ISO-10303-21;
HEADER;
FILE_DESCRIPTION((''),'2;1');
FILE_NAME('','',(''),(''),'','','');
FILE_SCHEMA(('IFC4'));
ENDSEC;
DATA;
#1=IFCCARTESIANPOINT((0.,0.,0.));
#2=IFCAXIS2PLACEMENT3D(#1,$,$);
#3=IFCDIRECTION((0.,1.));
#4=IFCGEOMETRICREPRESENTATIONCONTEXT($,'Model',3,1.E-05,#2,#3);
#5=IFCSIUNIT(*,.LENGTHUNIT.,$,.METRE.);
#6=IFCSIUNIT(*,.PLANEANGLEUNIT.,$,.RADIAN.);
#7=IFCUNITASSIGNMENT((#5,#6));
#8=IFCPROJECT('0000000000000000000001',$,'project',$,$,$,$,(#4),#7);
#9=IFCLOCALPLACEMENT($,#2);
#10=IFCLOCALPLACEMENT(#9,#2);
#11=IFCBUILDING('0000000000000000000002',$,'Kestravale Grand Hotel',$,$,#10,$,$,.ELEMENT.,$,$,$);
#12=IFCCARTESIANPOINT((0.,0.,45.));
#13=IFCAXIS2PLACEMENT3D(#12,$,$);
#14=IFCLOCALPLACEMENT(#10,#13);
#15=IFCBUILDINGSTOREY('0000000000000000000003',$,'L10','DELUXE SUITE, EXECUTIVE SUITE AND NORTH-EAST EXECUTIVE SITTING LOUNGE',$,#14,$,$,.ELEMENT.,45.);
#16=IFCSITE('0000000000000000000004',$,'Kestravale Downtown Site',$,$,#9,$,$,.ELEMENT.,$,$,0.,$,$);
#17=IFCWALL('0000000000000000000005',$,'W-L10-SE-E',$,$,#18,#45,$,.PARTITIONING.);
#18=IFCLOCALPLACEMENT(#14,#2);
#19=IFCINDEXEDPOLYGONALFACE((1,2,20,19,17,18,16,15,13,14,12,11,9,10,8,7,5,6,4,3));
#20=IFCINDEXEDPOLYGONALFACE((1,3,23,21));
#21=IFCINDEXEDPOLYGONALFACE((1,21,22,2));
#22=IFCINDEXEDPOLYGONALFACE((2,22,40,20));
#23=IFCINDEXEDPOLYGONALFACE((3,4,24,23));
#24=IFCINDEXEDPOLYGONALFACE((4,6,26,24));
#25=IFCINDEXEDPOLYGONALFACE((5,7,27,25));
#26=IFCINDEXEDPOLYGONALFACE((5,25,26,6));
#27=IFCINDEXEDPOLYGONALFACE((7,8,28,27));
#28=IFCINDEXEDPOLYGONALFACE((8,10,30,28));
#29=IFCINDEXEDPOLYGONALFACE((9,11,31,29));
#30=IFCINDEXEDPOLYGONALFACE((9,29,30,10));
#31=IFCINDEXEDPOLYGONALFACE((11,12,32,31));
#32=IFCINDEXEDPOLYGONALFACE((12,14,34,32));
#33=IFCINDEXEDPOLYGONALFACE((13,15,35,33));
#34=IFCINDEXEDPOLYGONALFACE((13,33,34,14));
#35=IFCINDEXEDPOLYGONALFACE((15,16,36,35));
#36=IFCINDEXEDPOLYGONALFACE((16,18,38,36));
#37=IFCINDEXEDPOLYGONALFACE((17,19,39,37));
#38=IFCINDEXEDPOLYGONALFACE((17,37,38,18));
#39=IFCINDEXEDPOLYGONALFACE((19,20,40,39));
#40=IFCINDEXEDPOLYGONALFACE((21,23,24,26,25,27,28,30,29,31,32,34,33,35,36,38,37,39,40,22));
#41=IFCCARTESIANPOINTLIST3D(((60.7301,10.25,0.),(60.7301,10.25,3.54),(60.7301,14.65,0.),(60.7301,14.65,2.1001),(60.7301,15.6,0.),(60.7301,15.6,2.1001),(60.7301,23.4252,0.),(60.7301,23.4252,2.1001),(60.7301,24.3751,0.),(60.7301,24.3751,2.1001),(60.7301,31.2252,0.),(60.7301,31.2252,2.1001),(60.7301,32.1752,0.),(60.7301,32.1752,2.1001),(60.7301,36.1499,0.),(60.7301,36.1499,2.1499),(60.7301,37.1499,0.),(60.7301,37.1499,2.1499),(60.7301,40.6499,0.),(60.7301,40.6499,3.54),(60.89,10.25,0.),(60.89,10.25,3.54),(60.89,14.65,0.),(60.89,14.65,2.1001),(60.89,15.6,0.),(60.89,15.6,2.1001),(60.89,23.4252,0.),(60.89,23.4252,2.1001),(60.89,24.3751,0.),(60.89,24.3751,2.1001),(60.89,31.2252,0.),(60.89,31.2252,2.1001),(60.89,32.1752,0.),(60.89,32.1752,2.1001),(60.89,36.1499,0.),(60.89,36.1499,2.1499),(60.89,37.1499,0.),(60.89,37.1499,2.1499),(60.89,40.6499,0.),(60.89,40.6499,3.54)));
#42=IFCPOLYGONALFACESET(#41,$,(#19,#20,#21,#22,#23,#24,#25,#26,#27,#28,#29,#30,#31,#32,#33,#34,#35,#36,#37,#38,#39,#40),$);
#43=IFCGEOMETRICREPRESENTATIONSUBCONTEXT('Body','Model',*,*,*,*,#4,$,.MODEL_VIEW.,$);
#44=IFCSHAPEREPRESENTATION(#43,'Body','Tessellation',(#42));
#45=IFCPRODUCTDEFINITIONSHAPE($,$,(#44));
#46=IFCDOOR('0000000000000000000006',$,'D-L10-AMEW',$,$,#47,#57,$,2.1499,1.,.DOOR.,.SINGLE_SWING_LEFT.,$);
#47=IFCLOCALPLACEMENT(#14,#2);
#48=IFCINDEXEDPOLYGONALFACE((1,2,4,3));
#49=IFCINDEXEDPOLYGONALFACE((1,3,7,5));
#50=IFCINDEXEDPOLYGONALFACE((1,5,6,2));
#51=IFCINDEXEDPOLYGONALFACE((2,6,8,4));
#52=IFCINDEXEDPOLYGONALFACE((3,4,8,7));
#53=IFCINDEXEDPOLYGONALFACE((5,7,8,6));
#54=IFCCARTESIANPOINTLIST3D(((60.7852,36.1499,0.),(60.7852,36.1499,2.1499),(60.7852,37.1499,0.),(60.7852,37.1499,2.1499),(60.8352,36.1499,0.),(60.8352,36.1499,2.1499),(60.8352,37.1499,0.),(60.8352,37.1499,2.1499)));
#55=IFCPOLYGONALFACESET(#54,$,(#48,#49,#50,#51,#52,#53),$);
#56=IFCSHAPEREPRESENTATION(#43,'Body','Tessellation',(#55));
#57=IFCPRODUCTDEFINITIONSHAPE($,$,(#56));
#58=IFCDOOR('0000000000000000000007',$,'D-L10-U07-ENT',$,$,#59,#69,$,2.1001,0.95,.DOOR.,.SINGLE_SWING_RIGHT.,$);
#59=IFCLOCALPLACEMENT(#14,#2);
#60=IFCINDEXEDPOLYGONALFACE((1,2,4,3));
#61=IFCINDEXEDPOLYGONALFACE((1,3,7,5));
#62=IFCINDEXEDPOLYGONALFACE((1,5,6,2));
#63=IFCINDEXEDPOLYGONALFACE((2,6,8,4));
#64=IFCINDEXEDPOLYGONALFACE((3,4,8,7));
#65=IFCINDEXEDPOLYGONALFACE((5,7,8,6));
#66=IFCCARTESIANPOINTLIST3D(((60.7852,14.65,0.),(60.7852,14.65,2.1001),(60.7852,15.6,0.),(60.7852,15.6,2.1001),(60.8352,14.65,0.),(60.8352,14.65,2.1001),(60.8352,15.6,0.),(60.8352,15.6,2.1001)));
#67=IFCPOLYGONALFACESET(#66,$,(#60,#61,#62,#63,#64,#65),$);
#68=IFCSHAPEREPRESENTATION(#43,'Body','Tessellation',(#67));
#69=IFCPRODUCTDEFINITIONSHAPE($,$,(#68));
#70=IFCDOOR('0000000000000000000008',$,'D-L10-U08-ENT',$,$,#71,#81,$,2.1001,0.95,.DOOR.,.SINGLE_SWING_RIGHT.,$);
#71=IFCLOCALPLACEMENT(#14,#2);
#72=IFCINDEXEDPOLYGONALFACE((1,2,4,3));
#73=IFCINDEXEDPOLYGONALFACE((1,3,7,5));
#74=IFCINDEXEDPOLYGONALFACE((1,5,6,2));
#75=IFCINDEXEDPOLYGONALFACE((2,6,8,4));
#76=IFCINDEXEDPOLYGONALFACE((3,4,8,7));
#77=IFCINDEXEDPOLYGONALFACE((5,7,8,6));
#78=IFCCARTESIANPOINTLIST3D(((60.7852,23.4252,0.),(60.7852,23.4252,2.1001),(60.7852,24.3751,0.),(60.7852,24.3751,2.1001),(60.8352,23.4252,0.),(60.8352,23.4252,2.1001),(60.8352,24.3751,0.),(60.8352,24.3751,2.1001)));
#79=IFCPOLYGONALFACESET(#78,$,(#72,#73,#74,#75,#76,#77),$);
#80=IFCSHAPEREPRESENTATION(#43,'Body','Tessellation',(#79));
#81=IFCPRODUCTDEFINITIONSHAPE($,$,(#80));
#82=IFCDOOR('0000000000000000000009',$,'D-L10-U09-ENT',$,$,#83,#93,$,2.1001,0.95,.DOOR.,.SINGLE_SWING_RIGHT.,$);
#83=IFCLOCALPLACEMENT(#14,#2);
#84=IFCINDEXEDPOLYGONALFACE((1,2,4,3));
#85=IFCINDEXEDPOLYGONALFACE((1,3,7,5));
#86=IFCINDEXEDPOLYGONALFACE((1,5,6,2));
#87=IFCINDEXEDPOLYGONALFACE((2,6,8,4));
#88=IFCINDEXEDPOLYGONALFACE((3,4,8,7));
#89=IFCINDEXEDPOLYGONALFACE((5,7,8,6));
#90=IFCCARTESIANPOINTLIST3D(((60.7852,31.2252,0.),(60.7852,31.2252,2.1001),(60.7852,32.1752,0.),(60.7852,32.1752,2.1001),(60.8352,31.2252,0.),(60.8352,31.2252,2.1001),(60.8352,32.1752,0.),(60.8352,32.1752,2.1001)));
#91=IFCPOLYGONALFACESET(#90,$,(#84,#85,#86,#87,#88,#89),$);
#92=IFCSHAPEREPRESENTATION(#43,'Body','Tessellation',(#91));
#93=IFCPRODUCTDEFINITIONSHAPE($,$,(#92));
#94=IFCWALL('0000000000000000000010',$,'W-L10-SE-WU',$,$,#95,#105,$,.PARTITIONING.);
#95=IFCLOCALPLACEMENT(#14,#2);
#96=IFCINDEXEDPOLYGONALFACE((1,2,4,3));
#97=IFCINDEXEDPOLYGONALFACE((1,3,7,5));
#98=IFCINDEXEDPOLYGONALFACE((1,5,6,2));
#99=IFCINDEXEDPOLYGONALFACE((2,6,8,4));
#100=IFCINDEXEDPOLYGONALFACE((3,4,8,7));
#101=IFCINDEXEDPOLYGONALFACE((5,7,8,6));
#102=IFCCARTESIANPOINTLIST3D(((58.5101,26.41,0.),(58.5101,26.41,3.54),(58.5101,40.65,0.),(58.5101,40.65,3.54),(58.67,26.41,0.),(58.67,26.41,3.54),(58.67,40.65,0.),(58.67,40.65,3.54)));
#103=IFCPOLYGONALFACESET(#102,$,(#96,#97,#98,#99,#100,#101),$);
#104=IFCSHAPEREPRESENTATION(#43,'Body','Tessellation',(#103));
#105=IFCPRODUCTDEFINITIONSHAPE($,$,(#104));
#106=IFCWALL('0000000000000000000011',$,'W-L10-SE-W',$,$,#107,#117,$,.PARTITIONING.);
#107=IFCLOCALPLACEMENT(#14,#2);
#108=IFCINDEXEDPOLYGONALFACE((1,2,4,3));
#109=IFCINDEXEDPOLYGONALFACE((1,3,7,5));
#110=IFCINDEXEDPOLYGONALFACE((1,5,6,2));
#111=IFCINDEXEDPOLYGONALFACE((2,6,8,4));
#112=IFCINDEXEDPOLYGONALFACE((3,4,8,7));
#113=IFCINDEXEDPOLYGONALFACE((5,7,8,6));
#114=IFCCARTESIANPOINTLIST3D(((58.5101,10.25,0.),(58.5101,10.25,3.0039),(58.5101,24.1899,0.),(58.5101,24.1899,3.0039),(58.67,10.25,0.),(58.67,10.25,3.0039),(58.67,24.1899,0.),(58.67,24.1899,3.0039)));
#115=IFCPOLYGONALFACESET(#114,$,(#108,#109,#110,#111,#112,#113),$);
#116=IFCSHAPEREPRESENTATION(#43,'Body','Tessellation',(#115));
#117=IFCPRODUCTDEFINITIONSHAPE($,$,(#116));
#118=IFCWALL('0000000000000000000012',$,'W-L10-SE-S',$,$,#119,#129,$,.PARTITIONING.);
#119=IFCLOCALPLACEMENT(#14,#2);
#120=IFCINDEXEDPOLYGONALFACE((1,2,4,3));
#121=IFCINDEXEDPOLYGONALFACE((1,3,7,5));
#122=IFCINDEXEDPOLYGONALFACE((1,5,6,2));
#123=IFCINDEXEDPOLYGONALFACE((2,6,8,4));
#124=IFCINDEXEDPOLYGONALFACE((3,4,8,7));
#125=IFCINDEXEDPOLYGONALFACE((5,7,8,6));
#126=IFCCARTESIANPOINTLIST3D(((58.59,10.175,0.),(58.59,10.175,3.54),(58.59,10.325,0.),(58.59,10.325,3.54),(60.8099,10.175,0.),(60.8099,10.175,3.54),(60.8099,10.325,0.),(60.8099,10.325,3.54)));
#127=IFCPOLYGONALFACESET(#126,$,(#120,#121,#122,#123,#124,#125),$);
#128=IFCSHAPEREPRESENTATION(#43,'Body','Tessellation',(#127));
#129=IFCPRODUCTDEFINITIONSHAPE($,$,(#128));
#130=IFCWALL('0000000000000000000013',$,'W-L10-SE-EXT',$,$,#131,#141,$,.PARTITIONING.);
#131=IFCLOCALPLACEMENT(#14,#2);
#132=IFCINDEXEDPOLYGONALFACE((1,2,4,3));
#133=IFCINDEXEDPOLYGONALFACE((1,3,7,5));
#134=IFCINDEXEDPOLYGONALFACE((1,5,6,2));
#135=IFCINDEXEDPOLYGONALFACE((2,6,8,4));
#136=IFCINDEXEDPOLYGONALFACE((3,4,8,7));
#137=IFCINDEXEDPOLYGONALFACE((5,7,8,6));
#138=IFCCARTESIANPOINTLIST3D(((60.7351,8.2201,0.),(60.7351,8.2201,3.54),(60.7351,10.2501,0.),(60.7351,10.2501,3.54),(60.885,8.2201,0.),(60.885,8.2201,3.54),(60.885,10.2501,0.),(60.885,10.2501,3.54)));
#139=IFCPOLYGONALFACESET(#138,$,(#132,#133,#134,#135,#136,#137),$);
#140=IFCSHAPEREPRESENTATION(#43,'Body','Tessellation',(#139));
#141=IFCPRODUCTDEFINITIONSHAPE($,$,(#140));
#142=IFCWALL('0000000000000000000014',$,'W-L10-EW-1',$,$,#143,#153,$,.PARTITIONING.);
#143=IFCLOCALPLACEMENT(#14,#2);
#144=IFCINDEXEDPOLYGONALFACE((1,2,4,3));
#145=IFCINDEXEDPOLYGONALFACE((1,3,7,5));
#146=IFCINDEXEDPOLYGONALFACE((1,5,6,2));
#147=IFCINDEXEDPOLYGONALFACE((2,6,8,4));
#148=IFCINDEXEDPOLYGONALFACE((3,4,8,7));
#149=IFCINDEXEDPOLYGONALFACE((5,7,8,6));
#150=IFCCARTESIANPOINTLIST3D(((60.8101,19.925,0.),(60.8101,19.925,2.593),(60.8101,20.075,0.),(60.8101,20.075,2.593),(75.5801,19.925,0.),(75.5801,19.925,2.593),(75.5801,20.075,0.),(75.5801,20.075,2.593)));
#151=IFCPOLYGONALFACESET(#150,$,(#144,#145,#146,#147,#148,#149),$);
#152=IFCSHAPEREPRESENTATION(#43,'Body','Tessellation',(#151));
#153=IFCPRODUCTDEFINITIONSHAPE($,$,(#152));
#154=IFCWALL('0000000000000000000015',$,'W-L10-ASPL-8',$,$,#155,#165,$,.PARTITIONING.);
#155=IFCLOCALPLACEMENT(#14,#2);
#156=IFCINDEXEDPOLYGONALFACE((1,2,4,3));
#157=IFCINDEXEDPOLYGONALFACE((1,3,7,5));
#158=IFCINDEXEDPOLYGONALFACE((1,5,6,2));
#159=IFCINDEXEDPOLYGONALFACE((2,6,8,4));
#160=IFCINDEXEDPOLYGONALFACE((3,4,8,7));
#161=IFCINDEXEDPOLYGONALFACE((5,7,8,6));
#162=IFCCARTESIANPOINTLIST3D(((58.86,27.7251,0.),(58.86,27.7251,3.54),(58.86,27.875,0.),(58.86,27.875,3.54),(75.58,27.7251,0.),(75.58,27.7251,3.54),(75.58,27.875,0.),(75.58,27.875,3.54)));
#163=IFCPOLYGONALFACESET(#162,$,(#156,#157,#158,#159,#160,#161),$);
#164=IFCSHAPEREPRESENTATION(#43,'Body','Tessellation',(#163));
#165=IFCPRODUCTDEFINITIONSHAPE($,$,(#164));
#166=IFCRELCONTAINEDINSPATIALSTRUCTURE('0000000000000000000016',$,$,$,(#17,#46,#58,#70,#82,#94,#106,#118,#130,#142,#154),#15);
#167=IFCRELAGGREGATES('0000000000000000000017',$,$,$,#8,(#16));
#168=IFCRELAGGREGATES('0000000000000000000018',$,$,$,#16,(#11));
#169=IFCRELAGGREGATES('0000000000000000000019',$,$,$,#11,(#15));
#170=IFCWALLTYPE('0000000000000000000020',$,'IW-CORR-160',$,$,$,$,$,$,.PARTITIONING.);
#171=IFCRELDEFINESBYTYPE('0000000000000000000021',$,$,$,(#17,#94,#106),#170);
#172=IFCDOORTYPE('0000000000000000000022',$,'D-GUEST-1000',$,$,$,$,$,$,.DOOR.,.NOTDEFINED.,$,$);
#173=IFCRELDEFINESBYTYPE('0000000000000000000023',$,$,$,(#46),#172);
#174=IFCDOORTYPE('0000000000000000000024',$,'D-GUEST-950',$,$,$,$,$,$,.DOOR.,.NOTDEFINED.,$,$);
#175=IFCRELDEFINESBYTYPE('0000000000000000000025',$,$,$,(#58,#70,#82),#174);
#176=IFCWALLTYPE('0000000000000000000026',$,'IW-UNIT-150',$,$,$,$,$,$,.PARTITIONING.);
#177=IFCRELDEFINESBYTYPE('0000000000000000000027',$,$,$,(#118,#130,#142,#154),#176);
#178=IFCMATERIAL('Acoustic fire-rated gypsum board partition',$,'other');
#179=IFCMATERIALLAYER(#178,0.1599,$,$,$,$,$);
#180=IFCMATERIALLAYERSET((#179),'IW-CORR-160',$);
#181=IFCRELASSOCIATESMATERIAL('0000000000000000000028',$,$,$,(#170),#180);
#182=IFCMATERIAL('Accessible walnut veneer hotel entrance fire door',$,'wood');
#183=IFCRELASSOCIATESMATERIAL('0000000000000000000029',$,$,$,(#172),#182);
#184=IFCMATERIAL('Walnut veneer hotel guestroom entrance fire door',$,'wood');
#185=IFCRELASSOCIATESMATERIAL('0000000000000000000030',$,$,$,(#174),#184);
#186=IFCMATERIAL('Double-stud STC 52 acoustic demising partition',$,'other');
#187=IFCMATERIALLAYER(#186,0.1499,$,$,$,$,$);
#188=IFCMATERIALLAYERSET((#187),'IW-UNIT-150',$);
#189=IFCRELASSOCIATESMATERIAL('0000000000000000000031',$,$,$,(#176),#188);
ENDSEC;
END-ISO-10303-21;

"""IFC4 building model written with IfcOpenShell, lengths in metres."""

from ifc_helpers import new_model, si_unit, direction, frame, frame_2d, origin, place, context, subcontext, project, spatial, rectangle, extrude, material, layer, layer_set, type_object, element, fill, save


model = new_model("IFC4")

# Units and contexts
model_context = context("Model", 3, precision=1e-05, world=origin(), true_north=direction((0.0, 1.0)))
body_context = subcontext(model_context, "Body", "Model", "MODEL_VIEW")
ifc_project = project(units=[si_unit("LENGTHUNIT", "METRE"), si_unit("PLANEANGLEUNIT", "RADIAN")], contexts=[model_context])

# Site, building, storey
site_placement = place(None, origin())
site = spatial("IfcSite", under=ifc_project, at=site_placement, Name="Kestravale Downtown Site", CompositionType="ELEMENT", RefElevation=0.0)
building_placement = place(site_placement, origin())
building = spatial("IfcBuilding", under=site, at=building_placement, Name="Kestravale Grand Hotel", CompositionType="ELEMENT")
storey_placement = place(building_placement, frame((0.0, 0.0, 45.0)))
storey = spatial("IfcBuildingStorey", under=building, at=storey_placement, Name="L10", Description="DELUXE SUITE, EXECUTIVE SUITE AND NORTH-EAST EXECUTIVE SITTING LOUNGE", CompositionType="ELEMENT", Elevation=45.0)

# Wall, openings, doors
ifc_material_1 = material(Name="Acoustic fire-rated gypsum board partition", Category="other")
ifc_layer_1 = layer(ifc_material_1, 0.1599)
ifc_layer_set_1 = layer_set([ifc_layer_1], Name="IW-CORR-160")
wall_type_1 = type_object("IfcWallType", Name="IW-CORR-160", PredefinedType="PARTITIONING", material=ifc_layer_set_1)
wall_1_placement = place(storey_placement, frame((60.8101, 10.25, 0.0), z_axis=(0.0, 0.0, 1.0), x_axis=(0.0, 1.0, 0.0)))
wall_1 = element("IfcWall", 1, at=wall_1_placement, inside=storey, type_object=wall_type_1, Name="W-L10-SE-E", PredefinedType="PARTITIONING", context=body_context, shape_type="SweptSolid", body=[
    extrude(rectangle(XDim=30.3999, YDim=0.1599, at=frame_2d((15.2, 0.0))), origin(), (0.0, 0.0, 1.0), 3.54),
])
opening_1_placement = place(wall_1_placement, frame((4.3999, 0.0, 0.0)))
opening_1 = element("IfcOpeningElement", 2, at=opening_1_placement, cuts=wall_1, PredefinedType="OPENING", context=body_context, shape_type="SweptSolid", body=[
    extrude(rectangle(XDim=0.95, YDim=2.1001, at=frame_2d((0.4751, 1.05))), frame((0.0, 0.0898, 0.0), z_axis=(0.0, -1.0, 0.0), x_axis=(1.0, 0.0, 0.0)), (0.0, 0.0, 1.0), 0.1799),
])
opening_2_placement = place(wall_1_placement, frame((13.175, 0.0, 0.0)))
opening_2 = element("IfcOpeningElement", 3, at=opening_2_placement, cuts=wall_1, PredefinedType="OPENING", context=body_context, shape_type="SweptSolid", body=[
    extrude(rectangle(XDim=0.95, YDim=2.1001, at=frame_2d((0.4751, 1.05))), frame((0.0, 0.0898, 0.0), z_axis=(0.0, -1.0, 0.0), x_axis=(1.0, 0.0, 0.0)), (0.0, 0.0, 1.0), 0.1799),
])
opening_3_placement = place(wall_1_placement, frame((20.9751, 0.0, 0.0)))
opening_3 = element("IfcOpeningElement", 4, at=opening_3_placement, cuts=wall_1, PredefinedType="OPENING", context=body_context, shape_type="SweptSolid", body=[
    extrude(rectangle(XDim=0.95, YDim=2.1001, at=frame_2d((0.4751, 1.05))), frame((0.0, 0.0898, 0.0), z_axis=(0.0, -1.0, 0.0), x_axis=(1.0, 0.0, 0.0)), (0.0, 0.0, 1.0), 0.1799),
])
opening_4_placement = place(wall_1_placement, frame((25.8999, 0.0, 0.0)))
opening_4 = element("IfcOpeningElement", 5, at=opening_4_placement, cuts=wall_1, PredefinedType="OPENING", context=body_context, shape_type="SweptSolid", body=[
    extrude(rectangle(XDim=1.0, YDim=2.1499, at=frame_2d((0.5, 1.075))), frame((0.0, 0.0898, 0.0), z_axis=(0.0, -1.0, 0.0), x_axis=(1.0, 0.0, 0.0)), (0.0, 0.0, 1.0), 0.1799),
])
ifc_material_2 = material(Name="Accessible walnut veneer hotel entrance fire door", Category="wood")
door_type_1 = type_object("IfcDoorType", Name="D-GUEST-1000", OperationType="NOTDEFINED", PredefinedType="DOOR", material=ifc_material_2)
door_1_placement = place(opening_4_placement, origin())
door_1 = element("IfcDoor", 6, at=door_1_placement, inside=storey, type_object=door_type_1, Name="D-L10-AMEW", OperationType="SINGLE_SWING_LEFT", OverallHeight=2.1499, OverallWidth=1.0, PredefinedType="DOOR", context=body_context, shape_type="SweptSolid", body=[
    extrude(rectangle(XDim=1.0, YDim=2.1499, at=frame_2d((0.5, 1.075))), frame((0.0, 0.0249, 0.0), z_axis=(0.0, -1.0, 0.0), x_axis=(1.0, 0.0, 0.0)), (0.0, 0.0, 1.0), 0.05),
])
fill(opening_4, door_1)
ifc_material_3 = material(Name="Walnut veneer hotel guestroom entrance fire door", Category="wood")
door_type_2 = type_object("IfcDoorType", Name="D-GUEST-950", OperationType="NOTDEFINED", PredefinedType="DOOR", material=ifc_material_3)
door_2_placement = place(opening_1_placement, origin())
door_2 = element("IfcDoor", 7, at=door_2_placement, inside=storey, type_object=door_type_2, Name="D-L10-U07-ENT", OperationType="SINGLE_SWING_RIGHT", OverallHeight=2.1001, OverallWidth=0.95, PredefinedType="DOOR", context=body_context, shape_type="SweptSolid", body=[
    extrude(rectangle(XDim=0.95, YDim=2.1001, at=frame_2d((0.4751, 1.05))), frame((0.0, 0.0249, 0.0), z_axis=(0.0, -1.0, 0.0), x_axis=(1.0, 0.0, 0.0)), (0.0, 0.0, 1.0), 0.05),
])
fill(opening_1, door_2)
door_3_placement = place(opening_2_placement, origin())
door_3 = element("IfcDoor", 8, at=door_3_placement, inside=storey, type_object=door_type_2, Name="D-L10-U08-ENT", OperationType="SINGLE_SWING_RIGHT", OverallHeight=2.1001, OverallWidth=0.95, PredefinedType="DOOR", context=body_context, shape_type="SweptSolid", body=[
    extrude(rectangle(XDim=0.95, YDim=2.1001, at=frame_2d((0.4751, 1.05))), frame((0.0, 0.0249, 0.0), z_axis=(0.0, -1.0, 0.0), x_axis=(1.0, 0.0, 0.0)), (0.0, 0.0, 1.0), 0.05),
])
fill(opening_2, door_3)
door_4_placement = place(opening_3_placement, origin())
door_4 = element("IfcDoor", 9, at=door_4_placement, inside=storey, type_object=door_type_2, Name="D-L10-U09-ENT", OperationType="SINGLE_SWING_RIGHT", OverallHeight=2.1001, OverallWidth=0.95, PredefinedType="DOOR", context=body_context, shape_type="SweptSolid", body=[
    extrude(rectangle(XDim=0.95, YDim=2.1001, at=frame_2d((0.4751, 1.05))), frame((0.0, 0.0249, 0.0), z_axis=(0.0, -1.0, 0.0), x_axis=(1.0, 0.0, 0.0)), (0.0, 0.0, 1.0), 0.05),
])
fill(opening_3, door_4)

# Walls
wall_2_placement = place(storey_placement, frame((58.5901, 26.4099, 0.0), z_axis=(0.0, 0.0, 1.0), x_axis=(0.0, 1.0, 0.0)))
element("IfcWall", 10, at=wall_2_placement, inside=storey, type_object=wall_type_1, Name="W-L10-SE-WU", PredefinedType="PARTITIONING", context=body_context, shape_type="SweptSolid", body=[
    extrude(rectangle(XDim=14.24, YDim=0.1599, at=frame_2d((7.1201, 0.0))), origin(), (0.0, 0.0, 1.0), 3.54),
])
wall_3_placement = place(storey_placement, frame((58.5901, 10.25, 0.0), z_axis=(0.0, 0.0, 1.0), x_axis=(0.0, 1.0, 0.0)))
element("IfcWall", 11, at=wall_3_placement, inside=storey, type_object=wall_type_1, Name="W-L10-SE-W", PredefinedType="PARTITIONING", context=body_context, shape_type="SweptSolid", body=[
    extrude(rectangle(XDim=13.9399, YDim=0.1599, at=frame_2d((6.97, 0.0))), origin(), (0.0, 0.0, 1.0), 3.0039),
])
ifc_material_4 = material(Name="Double-stud STC 52 acoustic demising partition", Category="other")
ifc_layer_2 = layer(ifc_material_4, 0.1499)
ifc_layer_set_2 = layer_set([ifc_layer_2], Name="IW-UNIT-150")
wall_type_2 = type_object("IfcWallType", Name="IW-UNIT-150", PredefinedType="PARTITIONING", material=ifc_layer_set_2)
wall_4_placement = place(storey_placement, frame((58.5901, 10.25, 0.0), z_axis=(0.0, 0.0, 1.0), x_axis=(1.0, 0.0, 0.0)))
element("IfcWall", 12, at=wall_4_placement, inside=storey, type_object=wall_type_2, Name="W-L10-SE-S", PredefinedType="PARTITIONING", context=body_context, shape_type="SweptSolid", body=[
    extrude(rectangle(XDim=2.22, YDim=0.1499, at=frame_2d((1.1099, 0.0))), origin(), (0.0, 0.0, 1.0), 3.54),
])
wall_5_placement = place(storey_placement, frame((60.8101, 8.22, 0.0), z_axis=(0.0, 0.0, 1.0), x_axis=(0.0, 1.0, 0.0)))
element("IfcWall", 13, at=wall_5_placement, inside=storey, type_object=wall_type_2, Name="W-L10-SE-EXT", PredefinedType="PARTITIONING", context=body_context, shape_type="SweptSolid", body=[
    extrude(rectangle(XDim=2.03, YDim=0.1499, at=frame_2d((1.0151, 0.0))), origin(), (0.0, 0.0, 1.0), 3.54),
])
wall_6_placement = place(storey_placement, frame((60.8101, 20.0, 0.0), z_axis=(0.0, 0.0, 1.0), x_axis=(1.0, 0.0, 0.0)))
element("IfcWall", 14, at=wall_6_placement, inside=storey, type_object=wall_type_2, Name="W-L10-EW-1", PredefinedType="PARTITIONING", context=body_context, shape_type="SweptSolid", body=[
    extrude(rectangle(XDim=14.77, YDim=0.1499, at=frame_2d((7.385, 0.0))), origin(), (0.0, 0.0, 1.0), 2.593),
])
wall_7_placement = place(storey_placement, frame((58.8601, 27.8, 0.0), z_axis=(0.0, 0.0, 1.0), x_axis=(1.0, 0.0, 0.0)))
element("IfcWall", 15, at=wall_7_placement, inside=storey, type_object=wall_type_2, Name="W-L10-ASPL-8", PredefinedType="PARTITIONING", context=body_context, shape_type="SweptSolid", body=[
    extrude(rectangle(XDim=16.72, YDim=0.1499, at=frame_2d((8.3599, 0.0))), origin(), (0.0, 0.0, 1.0), 3.54),
])

save(model, "model.ifc")
